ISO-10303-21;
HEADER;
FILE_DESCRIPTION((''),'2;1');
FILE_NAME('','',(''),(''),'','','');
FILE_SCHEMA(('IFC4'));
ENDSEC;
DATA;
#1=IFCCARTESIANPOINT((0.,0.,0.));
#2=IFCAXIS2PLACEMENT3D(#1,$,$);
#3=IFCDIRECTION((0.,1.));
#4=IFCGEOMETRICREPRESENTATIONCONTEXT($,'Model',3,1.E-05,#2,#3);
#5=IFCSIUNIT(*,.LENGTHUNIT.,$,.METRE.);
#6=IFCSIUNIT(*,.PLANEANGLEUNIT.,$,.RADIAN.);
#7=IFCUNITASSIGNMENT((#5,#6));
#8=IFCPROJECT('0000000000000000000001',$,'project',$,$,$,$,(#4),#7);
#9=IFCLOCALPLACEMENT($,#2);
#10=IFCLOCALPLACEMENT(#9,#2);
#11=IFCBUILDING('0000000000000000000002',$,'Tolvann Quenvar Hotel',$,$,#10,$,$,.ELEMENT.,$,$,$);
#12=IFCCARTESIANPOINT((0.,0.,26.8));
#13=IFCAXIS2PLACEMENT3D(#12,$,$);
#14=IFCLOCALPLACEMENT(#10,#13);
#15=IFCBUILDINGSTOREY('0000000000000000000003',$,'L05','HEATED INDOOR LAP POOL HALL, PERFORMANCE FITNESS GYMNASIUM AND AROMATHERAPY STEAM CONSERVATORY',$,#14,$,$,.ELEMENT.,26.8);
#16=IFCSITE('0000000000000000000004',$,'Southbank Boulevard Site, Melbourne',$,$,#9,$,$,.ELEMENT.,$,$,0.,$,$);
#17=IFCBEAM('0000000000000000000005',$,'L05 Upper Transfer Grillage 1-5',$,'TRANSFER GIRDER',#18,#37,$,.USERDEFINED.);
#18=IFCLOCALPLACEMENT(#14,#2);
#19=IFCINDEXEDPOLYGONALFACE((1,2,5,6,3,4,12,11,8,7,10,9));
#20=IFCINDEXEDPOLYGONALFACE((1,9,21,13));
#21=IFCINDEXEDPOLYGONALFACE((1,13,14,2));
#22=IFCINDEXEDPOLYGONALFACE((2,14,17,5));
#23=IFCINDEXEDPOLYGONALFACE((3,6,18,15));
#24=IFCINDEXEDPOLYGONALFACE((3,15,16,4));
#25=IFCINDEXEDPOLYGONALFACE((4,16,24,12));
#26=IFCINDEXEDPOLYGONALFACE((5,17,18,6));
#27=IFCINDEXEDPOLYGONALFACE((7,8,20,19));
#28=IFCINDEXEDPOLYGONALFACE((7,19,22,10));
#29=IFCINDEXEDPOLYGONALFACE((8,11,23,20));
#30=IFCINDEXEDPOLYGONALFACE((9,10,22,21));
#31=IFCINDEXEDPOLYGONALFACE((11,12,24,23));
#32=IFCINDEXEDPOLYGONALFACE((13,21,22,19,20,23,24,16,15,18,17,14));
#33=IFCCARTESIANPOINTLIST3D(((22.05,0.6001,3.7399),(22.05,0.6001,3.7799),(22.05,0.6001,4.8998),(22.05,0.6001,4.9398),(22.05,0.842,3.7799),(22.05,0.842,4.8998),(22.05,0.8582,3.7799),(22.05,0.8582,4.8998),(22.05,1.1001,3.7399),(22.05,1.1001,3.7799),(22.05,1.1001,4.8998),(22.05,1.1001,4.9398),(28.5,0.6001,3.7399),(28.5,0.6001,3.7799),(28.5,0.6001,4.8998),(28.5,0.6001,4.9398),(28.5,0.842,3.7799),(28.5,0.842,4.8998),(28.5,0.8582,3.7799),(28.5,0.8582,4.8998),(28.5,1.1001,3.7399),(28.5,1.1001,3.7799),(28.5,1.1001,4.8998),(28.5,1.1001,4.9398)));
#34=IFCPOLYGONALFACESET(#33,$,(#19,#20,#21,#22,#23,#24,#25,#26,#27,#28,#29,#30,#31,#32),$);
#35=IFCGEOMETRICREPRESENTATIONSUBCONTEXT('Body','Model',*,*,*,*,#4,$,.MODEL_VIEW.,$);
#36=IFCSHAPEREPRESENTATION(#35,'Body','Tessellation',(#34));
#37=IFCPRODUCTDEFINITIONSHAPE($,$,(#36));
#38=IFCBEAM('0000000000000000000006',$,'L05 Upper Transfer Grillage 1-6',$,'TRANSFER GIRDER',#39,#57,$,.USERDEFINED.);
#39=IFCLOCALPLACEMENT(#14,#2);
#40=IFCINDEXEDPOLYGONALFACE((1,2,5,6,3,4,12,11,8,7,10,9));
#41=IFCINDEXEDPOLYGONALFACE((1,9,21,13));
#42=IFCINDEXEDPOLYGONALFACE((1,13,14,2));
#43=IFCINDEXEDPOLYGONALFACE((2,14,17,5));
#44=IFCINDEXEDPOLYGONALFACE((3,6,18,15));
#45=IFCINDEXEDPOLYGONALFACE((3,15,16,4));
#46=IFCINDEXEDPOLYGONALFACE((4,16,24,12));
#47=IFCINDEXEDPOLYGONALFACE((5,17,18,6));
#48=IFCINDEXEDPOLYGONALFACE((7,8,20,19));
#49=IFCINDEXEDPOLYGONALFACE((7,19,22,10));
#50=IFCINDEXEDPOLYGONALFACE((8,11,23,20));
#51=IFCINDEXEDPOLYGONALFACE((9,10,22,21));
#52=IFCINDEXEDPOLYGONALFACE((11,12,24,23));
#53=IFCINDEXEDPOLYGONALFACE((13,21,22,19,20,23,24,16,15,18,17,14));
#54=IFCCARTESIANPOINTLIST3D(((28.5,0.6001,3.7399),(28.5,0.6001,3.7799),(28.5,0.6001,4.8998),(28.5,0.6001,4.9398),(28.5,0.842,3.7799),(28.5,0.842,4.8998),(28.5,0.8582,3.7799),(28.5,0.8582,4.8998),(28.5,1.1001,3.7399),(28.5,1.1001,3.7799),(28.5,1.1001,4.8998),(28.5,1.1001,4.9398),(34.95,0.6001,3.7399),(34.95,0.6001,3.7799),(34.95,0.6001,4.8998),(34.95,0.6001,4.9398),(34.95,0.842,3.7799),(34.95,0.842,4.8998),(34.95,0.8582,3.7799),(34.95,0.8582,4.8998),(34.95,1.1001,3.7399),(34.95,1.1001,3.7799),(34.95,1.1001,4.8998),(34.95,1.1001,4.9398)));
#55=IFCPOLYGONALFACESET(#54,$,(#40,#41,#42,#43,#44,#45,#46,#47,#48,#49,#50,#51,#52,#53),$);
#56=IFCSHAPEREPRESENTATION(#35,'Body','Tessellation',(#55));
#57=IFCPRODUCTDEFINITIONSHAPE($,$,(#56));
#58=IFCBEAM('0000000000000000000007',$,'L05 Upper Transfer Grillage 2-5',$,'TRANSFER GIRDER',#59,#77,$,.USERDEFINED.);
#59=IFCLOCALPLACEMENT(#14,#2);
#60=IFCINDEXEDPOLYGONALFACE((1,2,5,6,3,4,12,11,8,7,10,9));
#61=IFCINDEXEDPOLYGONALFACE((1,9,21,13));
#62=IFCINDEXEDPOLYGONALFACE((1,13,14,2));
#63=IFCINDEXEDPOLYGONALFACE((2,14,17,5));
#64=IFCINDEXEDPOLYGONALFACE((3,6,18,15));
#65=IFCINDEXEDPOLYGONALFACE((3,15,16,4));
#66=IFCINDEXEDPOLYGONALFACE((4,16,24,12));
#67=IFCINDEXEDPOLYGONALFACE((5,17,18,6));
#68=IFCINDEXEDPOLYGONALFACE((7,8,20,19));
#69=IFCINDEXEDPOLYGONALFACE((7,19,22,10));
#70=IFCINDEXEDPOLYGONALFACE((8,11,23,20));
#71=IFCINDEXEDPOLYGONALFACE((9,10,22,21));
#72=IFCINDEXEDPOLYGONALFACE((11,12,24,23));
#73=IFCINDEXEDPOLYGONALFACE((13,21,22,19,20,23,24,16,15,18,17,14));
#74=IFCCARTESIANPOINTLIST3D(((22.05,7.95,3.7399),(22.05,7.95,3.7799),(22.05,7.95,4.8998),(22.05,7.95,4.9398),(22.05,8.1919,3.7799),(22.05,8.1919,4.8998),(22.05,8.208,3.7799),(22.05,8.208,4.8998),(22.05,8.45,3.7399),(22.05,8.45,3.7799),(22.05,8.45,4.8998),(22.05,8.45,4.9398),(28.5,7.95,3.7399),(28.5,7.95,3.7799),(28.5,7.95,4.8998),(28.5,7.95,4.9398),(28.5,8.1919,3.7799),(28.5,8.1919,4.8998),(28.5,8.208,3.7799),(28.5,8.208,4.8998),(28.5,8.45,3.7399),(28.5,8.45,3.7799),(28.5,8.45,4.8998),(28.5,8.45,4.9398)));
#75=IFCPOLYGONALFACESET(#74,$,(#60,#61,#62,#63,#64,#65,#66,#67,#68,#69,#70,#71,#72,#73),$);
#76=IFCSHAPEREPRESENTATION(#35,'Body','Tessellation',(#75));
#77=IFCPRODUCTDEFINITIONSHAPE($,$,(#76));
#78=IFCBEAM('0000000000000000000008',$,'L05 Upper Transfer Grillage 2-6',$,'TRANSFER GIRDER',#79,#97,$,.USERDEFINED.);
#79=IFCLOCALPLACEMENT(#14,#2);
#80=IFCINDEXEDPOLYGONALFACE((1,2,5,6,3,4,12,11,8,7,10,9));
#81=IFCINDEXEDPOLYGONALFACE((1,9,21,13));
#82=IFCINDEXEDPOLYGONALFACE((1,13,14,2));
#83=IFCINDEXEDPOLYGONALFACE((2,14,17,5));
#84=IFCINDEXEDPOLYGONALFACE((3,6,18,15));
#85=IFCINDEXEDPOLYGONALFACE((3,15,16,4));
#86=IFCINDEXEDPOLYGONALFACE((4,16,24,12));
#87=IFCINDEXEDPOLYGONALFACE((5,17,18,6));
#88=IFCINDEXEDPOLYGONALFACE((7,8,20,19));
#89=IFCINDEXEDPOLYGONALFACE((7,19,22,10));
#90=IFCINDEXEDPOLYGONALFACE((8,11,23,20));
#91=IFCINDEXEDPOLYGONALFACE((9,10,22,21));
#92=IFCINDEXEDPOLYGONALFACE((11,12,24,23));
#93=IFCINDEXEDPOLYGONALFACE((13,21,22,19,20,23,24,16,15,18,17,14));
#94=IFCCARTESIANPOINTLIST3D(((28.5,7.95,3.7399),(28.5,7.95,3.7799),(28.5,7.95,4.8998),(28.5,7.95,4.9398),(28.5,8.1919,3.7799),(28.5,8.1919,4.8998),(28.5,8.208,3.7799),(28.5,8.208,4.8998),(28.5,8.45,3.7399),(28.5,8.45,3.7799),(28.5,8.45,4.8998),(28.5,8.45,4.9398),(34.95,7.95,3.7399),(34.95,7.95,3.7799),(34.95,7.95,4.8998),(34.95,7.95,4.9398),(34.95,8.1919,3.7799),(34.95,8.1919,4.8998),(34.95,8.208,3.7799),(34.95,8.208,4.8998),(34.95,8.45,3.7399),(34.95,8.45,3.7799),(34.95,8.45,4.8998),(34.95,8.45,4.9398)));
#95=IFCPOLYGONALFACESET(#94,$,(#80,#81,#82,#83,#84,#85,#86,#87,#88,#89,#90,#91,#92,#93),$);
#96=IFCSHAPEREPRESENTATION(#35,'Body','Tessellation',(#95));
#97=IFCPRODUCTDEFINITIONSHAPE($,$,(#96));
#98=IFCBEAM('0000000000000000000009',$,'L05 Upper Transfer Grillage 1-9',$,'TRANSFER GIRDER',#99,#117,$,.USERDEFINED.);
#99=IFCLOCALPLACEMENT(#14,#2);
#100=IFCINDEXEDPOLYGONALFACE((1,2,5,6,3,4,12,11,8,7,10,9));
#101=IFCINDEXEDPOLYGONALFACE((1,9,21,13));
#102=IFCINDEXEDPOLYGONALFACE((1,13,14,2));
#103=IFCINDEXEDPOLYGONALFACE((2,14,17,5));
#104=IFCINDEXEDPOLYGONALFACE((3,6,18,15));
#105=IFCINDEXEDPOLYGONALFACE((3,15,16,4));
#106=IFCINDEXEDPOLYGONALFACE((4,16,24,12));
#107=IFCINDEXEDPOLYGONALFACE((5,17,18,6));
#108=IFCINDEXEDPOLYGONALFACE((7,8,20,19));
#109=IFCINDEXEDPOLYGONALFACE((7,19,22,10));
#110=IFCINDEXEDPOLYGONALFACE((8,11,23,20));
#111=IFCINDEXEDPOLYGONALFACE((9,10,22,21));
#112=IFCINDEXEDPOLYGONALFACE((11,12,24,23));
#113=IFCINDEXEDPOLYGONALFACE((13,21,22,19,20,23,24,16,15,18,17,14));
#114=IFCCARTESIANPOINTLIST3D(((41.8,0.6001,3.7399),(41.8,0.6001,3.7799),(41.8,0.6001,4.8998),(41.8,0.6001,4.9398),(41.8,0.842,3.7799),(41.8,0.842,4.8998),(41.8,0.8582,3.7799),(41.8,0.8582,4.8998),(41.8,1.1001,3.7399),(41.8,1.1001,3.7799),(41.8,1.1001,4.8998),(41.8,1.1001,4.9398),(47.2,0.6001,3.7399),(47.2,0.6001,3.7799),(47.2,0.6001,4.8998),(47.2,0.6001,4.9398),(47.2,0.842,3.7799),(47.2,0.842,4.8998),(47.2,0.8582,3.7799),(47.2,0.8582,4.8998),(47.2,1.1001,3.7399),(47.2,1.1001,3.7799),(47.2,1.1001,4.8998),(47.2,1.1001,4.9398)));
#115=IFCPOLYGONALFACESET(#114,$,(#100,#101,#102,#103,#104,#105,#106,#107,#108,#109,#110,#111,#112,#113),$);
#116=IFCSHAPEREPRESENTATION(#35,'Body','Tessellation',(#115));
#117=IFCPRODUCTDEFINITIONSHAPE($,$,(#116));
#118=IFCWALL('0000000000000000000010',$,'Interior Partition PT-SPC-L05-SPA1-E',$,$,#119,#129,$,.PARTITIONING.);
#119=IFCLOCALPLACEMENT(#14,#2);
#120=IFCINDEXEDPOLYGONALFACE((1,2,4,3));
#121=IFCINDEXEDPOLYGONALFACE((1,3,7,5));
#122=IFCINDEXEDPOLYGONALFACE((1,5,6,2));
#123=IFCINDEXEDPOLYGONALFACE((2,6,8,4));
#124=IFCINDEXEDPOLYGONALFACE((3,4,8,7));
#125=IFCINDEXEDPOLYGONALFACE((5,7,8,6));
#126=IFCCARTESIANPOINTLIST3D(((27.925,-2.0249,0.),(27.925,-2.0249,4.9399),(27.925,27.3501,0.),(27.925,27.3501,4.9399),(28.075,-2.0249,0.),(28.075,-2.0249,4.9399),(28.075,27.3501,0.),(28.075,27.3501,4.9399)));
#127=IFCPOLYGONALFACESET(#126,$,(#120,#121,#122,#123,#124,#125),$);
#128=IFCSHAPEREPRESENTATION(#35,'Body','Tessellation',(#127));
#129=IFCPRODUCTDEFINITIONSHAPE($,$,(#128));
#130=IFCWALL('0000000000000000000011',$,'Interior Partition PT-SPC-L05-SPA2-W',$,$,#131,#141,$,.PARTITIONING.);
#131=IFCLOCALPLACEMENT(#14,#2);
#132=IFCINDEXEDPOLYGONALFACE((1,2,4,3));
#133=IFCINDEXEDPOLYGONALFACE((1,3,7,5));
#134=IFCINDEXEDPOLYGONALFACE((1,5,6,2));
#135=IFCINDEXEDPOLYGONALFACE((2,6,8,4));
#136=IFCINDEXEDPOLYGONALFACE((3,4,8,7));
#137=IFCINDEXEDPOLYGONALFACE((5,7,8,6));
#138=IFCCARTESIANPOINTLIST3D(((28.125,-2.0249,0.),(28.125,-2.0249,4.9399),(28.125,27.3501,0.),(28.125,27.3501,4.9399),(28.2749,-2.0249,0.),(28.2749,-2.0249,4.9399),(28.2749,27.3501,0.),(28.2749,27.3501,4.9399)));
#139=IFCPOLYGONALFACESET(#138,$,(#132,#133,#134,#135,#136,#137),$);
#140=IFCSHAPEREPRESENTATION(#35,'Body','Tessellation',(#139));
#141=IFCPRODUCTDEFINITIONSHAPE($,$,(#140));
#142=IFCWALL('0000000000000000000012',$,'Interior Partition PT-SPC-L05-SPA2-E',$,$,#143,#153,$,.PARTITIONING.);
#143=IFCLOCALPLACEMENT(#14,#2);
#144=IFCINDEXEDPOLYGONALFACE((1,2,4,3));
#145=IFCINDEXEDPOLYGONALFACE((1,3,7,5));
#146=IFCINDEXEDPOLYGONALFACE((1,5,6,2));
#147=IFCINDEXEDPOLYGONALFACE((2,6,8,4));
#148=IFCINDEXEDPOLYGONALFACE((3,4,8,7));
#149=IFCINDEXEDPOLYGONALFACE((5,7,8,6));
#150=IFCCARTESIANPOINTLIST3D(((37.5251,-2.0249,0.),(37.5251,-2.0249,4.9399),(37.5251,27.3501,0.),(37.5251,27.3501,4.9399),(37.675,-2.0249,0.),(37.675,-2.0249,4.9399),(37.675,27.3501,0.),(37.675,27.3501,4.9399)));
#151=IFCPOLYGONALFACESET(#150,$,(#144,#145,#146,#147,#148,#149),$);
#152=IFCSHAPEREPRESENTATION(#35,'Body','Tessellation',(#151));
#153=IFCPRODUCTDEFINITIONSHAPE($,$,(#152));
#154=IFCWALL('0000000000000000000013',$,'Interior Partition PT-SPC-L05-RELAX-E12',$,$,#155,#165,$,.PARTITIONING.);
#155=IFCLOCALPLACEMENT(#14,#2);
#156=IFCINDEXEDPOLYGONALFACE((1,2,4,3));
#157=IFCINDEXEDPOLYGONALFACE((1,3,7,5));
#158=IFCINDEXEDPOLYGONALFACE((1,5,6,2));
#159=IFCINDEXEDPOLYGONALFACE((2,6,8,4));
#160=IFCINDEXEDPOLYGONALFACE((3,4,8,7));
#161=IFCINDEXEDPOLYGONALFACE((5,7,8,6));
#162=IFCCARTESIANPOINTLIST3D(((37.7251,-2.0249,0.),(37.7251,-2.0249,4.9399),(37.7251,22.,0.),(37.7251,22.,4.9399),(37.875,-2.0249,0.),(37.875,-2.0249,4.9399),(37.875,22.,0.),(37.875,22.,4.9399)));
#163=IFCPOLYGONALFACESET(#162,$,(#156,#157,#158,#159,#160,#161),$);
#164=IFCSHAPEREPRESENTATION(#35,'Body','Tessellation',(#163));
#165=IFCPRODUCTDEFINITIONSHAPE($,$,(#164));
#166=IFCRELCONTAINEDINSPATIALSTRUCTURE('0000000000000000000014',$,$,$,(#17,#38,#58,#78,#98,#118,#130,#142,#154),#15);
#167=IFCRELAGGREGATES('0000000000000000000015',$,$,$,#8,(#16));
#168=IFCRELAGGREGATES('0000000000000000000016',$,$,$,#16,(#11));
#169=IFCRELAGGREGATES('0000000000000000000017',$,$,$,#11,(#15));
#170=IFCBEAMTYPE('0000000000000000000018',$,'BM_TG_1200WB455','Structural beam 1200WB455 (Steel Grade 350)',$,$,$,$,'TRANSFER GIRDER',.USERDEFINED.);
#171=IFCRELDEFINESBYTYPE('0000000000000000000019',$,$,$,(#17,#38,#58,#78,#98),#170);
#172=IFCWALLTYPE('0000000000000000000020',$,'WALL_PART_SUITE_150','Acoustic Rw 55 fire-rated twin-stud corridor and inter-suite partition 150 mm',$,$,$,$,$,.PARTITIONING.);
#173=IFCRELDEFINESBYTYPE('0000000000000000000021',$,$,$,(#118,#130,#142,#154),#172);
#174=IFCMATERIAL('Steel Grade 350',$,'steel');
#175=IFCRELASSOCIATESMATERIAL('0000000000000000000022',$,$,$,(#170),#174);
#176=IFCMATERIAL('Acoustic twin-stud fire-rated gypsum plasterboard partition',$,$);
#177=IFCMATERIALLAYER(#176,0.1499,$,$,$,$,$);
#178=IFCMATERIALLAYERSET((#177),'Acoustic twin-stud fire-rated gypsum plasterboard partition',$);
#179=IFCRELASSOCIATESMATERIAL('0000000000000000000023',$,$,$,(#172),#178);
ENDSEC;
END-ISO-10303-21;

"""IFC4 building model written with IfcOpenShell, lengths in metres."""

from ifc_helpers import new_model, si_unit, direction, frame, frame_2d, origin, origin_2d, place, context, subcontext, project, spatial, rectangle, i_section, extrude, source, transform, mapped, material, layer, layer_set, material_profile, profile_set, type_object, element, save


model = new_model("IFC4")

# Units and contexts
model_context = context("Model", 3, precision=1e-05, world=origin(), true_north=direction((0.0, 1.0)))
body_context = subcontext(model_context, "Body", "Model", "MODEL_VIEW")
ifc_project = project(units=[si_unit("LENGTHUNIT", "METRE"), si_unit("PLANEANGLEUNIT", "RADIAN")], contexts=[model_context])

# Site, building, storey
site_placement = place(None, origin())
site = spatial("IfcSite", under=ifc_project, at=site_placement, Name="Southbank Boulevard Site, Melbourne", CompositionType="ELEMENT", RefElevation=0.0)
building_placement = place(site_placement, origin())
building = spatial("IfcBuilding", under=site, at=building_placement, Name="Tolvann Quenvar Hotel", CompositionType="ELEMENT")
storey_placement = place(building_placement, frame((0.0, 0.0, 26.8)))
storey = spatial("IfcBuildingStorey", under=building, at=storey_placement, Name="L05", Description="HEATED INDOOR LAP POOL HALL, PERFORMANCE FITNESS GYMNASIUM AND AROMATHERAPY STEAM CONSERVATORY", CompositionType="ELEMENT", Elevation=26.8)

# Shared definitions
ifc_material_1 = material(Name="Steel Grade 350", Category="steel")

# Beams
ifc_material_profile_1 = material_profile(ifc_material_1, i_section(OverallWidth=0.5, OverallDepth=1.2, WebThickness=0.0161, FlangeThickness=0.04, at=origin_2d()), Name="1200WB455")
ifc_profile_set_1 = profile_set([ifc_material_profile_1], Name="Steel Grade 350")
beam_type_1 = type_object("IfcBeamType", Name="BM_TG_1200WB455", Description="Structural beam 1200WB455 (Steel Grade 350)", ElementType="TRANSFER GIRDER", PredefinedType="USERDEFINED", material=ifc_profile_set_1)
shared_shape_1 = source(origin(), body_context, "Body", "SweptSolid", [
    extrude(i_section(OverallWidth=0.5, OverallDepth=1.2, WebThickness=0.0161, FlangeThickness=0.04, at=origin_2d()), origin(), (0.0, 0.0, 1.0), 6.45),
])
for number, where, z_axis, x_axis, name in (
    (1, (22.05, 0.8501, 4.3398), (1.0, 0.0, 0.0), (0.0, 1.0, 0.0), "L05 Upper Transfer Grillage 1-5"),
    (2, (28.5, 0.8501, 4.3398), (1.0, 0.0, 0.0), (0.0, 1.0, 0.0), "L05 Upper Transfer Grillage 1-6"),
    (3, (22.05, 8.2, 4.3398), (1.0, 0.0, 0.0), (0.0, 1.0, 0.0), "L05 Upper Transfer Grillage 2-5"),
    (4, (28.5, 8.2, 4.3398), (1.0, 0.0, 0.0), (0.0, 1.0, 0.0), "L05 Upper Transfer Grillage 2-6"),
):
    element("IfcBeam", number, at=place(storey_placement, frame(where, z_axis=z_axis, x_axis=x_axis)), inside=storey, type_object=beam_type_1, Name=name, ObjectType="TRANSFER GIRDER", PredefinedType="USERDEFINED", context=body_context, shape_type="MappedRepresentation", body=[
        mapped(shared_shape_1, transform((0.0, 0.0, 0.0), x_axis=(1.0, 0.0, 0.0), y_axis=(0.0, 1.0, 0.0), z_axis=(0.0, 0.0, 1.0), scale=1.0)),
    ])
shared_shape_2 = source(origin(), body_context, "Body", "SweptSolid", [
    extrude(i_section(OverallWidth=0.5, OverallDepth=1.2, WebThickness=0.0161, FlangeThickness=0.04, at=origin_2d()), origin(), (0.0, 0.0, 1.0), 5.3999),
])
beam_1_placement = place(storey_placement, frame((41.8, 0.8501, 4.3398), z_axis=(1.0, 0.0, 0.0), x_axis=(0.0, 1.0, 0.0)))
element("IfcBeam", 5, at=beam_1_placement, inside=storey, type_object=beam_type_1, Name="L05 Upper Transfer Grillage 1-9", ObjectType="TRANSFER GIRDER", PredefinedType="USERDEFINED", context=body_context, shape_type="MappedRepresentation", body=[
    mapped(shared_shape_2, transform((0.0, 0.0, 0.0), x_axis=(1.0, 0.0, 0.0), y_axis=(0.0, 1.0, 0.0), z_axis=(0.0, 0.0, 1.0), scale=1.0)),
])

# Walls
ifc_material_2 = material(Name="Acoustic twin-stud fire-rated gypsum plasterboard partition")
ifc_layer = layer(ifc_material_2, 0.1499)
ifc_layer_set = layer_set([ifc_layer], Name="Acoustic twin-stud fire-rated gypsum plasterboard partition")
wall_type = type_object("IfcWallType", Name="WALL_PART_SUITE_150", Description="Acoustic Rw 55 fire-rated twin-stud corridor and inter-suite partition 150 mm", PredefinedType="PARTITIONING", material=ifc_layer_set)
for number, where, z_axis, x_axis, name in (
    (6, (28.0, -2.0249, 0.0), (0.0, 0.0, 1.0), (0.0, 1.0, 0.0), "Interior Partition PT-SPC-L05-SPA1-E"),
    (7, (28.2, -2.0249, 0.0), (0.0, 0.0, 1.0), (0.0, 1.0, 0.0), "Interior Partition PT-SPC-L05-SPA2-W"),
    (8, (37.6001, -2.0249, 0.0), (0.0, 0.0, 1.0), (0.0, 1.0, 0.0), "Interior Partition PT-SPC-L05-SPA2-E"),
):
    element("IfcWall", number, at=place(storey_placement, frame(where, z_axis=z_axis, x_axis=x_axis)), inside=storey, type_object=wall_type, Name=name, PredefinedType="PARTITIONING", context=body_context, shape_type="SweptSolid", body=[
        extrude(rectangle(XDim=29.375, YDim=0.1499, at=frame_2d((14.6875, 0.0))), origin(), (0.0, 0.0, 1.0), 4.9399),
    ])
wall_placement = place(storey_placement, frame((37.8, -2.0249, 0.0), z_axis=(0.0, 0.0, 1.0), x_axis=(0.0, 1.0, 0.0)))
element("IfcWall", 9, at=wall_placement, inside=storey, type_object=wall_type, Name="Interior Partition PT-SPC-L05-RELAX-E12", PredefinedType="PARTITIONING", context=body_context, shape_type="SweptSolid", body=[
    extrude(rectangle(XDim=24.0249, YDim=0.1499, at=frame_2d((12.0125, 0.0))), origin(), (0.0, 0.0, 1.0), 4.9399),
])

save(model, "model.ifc")
